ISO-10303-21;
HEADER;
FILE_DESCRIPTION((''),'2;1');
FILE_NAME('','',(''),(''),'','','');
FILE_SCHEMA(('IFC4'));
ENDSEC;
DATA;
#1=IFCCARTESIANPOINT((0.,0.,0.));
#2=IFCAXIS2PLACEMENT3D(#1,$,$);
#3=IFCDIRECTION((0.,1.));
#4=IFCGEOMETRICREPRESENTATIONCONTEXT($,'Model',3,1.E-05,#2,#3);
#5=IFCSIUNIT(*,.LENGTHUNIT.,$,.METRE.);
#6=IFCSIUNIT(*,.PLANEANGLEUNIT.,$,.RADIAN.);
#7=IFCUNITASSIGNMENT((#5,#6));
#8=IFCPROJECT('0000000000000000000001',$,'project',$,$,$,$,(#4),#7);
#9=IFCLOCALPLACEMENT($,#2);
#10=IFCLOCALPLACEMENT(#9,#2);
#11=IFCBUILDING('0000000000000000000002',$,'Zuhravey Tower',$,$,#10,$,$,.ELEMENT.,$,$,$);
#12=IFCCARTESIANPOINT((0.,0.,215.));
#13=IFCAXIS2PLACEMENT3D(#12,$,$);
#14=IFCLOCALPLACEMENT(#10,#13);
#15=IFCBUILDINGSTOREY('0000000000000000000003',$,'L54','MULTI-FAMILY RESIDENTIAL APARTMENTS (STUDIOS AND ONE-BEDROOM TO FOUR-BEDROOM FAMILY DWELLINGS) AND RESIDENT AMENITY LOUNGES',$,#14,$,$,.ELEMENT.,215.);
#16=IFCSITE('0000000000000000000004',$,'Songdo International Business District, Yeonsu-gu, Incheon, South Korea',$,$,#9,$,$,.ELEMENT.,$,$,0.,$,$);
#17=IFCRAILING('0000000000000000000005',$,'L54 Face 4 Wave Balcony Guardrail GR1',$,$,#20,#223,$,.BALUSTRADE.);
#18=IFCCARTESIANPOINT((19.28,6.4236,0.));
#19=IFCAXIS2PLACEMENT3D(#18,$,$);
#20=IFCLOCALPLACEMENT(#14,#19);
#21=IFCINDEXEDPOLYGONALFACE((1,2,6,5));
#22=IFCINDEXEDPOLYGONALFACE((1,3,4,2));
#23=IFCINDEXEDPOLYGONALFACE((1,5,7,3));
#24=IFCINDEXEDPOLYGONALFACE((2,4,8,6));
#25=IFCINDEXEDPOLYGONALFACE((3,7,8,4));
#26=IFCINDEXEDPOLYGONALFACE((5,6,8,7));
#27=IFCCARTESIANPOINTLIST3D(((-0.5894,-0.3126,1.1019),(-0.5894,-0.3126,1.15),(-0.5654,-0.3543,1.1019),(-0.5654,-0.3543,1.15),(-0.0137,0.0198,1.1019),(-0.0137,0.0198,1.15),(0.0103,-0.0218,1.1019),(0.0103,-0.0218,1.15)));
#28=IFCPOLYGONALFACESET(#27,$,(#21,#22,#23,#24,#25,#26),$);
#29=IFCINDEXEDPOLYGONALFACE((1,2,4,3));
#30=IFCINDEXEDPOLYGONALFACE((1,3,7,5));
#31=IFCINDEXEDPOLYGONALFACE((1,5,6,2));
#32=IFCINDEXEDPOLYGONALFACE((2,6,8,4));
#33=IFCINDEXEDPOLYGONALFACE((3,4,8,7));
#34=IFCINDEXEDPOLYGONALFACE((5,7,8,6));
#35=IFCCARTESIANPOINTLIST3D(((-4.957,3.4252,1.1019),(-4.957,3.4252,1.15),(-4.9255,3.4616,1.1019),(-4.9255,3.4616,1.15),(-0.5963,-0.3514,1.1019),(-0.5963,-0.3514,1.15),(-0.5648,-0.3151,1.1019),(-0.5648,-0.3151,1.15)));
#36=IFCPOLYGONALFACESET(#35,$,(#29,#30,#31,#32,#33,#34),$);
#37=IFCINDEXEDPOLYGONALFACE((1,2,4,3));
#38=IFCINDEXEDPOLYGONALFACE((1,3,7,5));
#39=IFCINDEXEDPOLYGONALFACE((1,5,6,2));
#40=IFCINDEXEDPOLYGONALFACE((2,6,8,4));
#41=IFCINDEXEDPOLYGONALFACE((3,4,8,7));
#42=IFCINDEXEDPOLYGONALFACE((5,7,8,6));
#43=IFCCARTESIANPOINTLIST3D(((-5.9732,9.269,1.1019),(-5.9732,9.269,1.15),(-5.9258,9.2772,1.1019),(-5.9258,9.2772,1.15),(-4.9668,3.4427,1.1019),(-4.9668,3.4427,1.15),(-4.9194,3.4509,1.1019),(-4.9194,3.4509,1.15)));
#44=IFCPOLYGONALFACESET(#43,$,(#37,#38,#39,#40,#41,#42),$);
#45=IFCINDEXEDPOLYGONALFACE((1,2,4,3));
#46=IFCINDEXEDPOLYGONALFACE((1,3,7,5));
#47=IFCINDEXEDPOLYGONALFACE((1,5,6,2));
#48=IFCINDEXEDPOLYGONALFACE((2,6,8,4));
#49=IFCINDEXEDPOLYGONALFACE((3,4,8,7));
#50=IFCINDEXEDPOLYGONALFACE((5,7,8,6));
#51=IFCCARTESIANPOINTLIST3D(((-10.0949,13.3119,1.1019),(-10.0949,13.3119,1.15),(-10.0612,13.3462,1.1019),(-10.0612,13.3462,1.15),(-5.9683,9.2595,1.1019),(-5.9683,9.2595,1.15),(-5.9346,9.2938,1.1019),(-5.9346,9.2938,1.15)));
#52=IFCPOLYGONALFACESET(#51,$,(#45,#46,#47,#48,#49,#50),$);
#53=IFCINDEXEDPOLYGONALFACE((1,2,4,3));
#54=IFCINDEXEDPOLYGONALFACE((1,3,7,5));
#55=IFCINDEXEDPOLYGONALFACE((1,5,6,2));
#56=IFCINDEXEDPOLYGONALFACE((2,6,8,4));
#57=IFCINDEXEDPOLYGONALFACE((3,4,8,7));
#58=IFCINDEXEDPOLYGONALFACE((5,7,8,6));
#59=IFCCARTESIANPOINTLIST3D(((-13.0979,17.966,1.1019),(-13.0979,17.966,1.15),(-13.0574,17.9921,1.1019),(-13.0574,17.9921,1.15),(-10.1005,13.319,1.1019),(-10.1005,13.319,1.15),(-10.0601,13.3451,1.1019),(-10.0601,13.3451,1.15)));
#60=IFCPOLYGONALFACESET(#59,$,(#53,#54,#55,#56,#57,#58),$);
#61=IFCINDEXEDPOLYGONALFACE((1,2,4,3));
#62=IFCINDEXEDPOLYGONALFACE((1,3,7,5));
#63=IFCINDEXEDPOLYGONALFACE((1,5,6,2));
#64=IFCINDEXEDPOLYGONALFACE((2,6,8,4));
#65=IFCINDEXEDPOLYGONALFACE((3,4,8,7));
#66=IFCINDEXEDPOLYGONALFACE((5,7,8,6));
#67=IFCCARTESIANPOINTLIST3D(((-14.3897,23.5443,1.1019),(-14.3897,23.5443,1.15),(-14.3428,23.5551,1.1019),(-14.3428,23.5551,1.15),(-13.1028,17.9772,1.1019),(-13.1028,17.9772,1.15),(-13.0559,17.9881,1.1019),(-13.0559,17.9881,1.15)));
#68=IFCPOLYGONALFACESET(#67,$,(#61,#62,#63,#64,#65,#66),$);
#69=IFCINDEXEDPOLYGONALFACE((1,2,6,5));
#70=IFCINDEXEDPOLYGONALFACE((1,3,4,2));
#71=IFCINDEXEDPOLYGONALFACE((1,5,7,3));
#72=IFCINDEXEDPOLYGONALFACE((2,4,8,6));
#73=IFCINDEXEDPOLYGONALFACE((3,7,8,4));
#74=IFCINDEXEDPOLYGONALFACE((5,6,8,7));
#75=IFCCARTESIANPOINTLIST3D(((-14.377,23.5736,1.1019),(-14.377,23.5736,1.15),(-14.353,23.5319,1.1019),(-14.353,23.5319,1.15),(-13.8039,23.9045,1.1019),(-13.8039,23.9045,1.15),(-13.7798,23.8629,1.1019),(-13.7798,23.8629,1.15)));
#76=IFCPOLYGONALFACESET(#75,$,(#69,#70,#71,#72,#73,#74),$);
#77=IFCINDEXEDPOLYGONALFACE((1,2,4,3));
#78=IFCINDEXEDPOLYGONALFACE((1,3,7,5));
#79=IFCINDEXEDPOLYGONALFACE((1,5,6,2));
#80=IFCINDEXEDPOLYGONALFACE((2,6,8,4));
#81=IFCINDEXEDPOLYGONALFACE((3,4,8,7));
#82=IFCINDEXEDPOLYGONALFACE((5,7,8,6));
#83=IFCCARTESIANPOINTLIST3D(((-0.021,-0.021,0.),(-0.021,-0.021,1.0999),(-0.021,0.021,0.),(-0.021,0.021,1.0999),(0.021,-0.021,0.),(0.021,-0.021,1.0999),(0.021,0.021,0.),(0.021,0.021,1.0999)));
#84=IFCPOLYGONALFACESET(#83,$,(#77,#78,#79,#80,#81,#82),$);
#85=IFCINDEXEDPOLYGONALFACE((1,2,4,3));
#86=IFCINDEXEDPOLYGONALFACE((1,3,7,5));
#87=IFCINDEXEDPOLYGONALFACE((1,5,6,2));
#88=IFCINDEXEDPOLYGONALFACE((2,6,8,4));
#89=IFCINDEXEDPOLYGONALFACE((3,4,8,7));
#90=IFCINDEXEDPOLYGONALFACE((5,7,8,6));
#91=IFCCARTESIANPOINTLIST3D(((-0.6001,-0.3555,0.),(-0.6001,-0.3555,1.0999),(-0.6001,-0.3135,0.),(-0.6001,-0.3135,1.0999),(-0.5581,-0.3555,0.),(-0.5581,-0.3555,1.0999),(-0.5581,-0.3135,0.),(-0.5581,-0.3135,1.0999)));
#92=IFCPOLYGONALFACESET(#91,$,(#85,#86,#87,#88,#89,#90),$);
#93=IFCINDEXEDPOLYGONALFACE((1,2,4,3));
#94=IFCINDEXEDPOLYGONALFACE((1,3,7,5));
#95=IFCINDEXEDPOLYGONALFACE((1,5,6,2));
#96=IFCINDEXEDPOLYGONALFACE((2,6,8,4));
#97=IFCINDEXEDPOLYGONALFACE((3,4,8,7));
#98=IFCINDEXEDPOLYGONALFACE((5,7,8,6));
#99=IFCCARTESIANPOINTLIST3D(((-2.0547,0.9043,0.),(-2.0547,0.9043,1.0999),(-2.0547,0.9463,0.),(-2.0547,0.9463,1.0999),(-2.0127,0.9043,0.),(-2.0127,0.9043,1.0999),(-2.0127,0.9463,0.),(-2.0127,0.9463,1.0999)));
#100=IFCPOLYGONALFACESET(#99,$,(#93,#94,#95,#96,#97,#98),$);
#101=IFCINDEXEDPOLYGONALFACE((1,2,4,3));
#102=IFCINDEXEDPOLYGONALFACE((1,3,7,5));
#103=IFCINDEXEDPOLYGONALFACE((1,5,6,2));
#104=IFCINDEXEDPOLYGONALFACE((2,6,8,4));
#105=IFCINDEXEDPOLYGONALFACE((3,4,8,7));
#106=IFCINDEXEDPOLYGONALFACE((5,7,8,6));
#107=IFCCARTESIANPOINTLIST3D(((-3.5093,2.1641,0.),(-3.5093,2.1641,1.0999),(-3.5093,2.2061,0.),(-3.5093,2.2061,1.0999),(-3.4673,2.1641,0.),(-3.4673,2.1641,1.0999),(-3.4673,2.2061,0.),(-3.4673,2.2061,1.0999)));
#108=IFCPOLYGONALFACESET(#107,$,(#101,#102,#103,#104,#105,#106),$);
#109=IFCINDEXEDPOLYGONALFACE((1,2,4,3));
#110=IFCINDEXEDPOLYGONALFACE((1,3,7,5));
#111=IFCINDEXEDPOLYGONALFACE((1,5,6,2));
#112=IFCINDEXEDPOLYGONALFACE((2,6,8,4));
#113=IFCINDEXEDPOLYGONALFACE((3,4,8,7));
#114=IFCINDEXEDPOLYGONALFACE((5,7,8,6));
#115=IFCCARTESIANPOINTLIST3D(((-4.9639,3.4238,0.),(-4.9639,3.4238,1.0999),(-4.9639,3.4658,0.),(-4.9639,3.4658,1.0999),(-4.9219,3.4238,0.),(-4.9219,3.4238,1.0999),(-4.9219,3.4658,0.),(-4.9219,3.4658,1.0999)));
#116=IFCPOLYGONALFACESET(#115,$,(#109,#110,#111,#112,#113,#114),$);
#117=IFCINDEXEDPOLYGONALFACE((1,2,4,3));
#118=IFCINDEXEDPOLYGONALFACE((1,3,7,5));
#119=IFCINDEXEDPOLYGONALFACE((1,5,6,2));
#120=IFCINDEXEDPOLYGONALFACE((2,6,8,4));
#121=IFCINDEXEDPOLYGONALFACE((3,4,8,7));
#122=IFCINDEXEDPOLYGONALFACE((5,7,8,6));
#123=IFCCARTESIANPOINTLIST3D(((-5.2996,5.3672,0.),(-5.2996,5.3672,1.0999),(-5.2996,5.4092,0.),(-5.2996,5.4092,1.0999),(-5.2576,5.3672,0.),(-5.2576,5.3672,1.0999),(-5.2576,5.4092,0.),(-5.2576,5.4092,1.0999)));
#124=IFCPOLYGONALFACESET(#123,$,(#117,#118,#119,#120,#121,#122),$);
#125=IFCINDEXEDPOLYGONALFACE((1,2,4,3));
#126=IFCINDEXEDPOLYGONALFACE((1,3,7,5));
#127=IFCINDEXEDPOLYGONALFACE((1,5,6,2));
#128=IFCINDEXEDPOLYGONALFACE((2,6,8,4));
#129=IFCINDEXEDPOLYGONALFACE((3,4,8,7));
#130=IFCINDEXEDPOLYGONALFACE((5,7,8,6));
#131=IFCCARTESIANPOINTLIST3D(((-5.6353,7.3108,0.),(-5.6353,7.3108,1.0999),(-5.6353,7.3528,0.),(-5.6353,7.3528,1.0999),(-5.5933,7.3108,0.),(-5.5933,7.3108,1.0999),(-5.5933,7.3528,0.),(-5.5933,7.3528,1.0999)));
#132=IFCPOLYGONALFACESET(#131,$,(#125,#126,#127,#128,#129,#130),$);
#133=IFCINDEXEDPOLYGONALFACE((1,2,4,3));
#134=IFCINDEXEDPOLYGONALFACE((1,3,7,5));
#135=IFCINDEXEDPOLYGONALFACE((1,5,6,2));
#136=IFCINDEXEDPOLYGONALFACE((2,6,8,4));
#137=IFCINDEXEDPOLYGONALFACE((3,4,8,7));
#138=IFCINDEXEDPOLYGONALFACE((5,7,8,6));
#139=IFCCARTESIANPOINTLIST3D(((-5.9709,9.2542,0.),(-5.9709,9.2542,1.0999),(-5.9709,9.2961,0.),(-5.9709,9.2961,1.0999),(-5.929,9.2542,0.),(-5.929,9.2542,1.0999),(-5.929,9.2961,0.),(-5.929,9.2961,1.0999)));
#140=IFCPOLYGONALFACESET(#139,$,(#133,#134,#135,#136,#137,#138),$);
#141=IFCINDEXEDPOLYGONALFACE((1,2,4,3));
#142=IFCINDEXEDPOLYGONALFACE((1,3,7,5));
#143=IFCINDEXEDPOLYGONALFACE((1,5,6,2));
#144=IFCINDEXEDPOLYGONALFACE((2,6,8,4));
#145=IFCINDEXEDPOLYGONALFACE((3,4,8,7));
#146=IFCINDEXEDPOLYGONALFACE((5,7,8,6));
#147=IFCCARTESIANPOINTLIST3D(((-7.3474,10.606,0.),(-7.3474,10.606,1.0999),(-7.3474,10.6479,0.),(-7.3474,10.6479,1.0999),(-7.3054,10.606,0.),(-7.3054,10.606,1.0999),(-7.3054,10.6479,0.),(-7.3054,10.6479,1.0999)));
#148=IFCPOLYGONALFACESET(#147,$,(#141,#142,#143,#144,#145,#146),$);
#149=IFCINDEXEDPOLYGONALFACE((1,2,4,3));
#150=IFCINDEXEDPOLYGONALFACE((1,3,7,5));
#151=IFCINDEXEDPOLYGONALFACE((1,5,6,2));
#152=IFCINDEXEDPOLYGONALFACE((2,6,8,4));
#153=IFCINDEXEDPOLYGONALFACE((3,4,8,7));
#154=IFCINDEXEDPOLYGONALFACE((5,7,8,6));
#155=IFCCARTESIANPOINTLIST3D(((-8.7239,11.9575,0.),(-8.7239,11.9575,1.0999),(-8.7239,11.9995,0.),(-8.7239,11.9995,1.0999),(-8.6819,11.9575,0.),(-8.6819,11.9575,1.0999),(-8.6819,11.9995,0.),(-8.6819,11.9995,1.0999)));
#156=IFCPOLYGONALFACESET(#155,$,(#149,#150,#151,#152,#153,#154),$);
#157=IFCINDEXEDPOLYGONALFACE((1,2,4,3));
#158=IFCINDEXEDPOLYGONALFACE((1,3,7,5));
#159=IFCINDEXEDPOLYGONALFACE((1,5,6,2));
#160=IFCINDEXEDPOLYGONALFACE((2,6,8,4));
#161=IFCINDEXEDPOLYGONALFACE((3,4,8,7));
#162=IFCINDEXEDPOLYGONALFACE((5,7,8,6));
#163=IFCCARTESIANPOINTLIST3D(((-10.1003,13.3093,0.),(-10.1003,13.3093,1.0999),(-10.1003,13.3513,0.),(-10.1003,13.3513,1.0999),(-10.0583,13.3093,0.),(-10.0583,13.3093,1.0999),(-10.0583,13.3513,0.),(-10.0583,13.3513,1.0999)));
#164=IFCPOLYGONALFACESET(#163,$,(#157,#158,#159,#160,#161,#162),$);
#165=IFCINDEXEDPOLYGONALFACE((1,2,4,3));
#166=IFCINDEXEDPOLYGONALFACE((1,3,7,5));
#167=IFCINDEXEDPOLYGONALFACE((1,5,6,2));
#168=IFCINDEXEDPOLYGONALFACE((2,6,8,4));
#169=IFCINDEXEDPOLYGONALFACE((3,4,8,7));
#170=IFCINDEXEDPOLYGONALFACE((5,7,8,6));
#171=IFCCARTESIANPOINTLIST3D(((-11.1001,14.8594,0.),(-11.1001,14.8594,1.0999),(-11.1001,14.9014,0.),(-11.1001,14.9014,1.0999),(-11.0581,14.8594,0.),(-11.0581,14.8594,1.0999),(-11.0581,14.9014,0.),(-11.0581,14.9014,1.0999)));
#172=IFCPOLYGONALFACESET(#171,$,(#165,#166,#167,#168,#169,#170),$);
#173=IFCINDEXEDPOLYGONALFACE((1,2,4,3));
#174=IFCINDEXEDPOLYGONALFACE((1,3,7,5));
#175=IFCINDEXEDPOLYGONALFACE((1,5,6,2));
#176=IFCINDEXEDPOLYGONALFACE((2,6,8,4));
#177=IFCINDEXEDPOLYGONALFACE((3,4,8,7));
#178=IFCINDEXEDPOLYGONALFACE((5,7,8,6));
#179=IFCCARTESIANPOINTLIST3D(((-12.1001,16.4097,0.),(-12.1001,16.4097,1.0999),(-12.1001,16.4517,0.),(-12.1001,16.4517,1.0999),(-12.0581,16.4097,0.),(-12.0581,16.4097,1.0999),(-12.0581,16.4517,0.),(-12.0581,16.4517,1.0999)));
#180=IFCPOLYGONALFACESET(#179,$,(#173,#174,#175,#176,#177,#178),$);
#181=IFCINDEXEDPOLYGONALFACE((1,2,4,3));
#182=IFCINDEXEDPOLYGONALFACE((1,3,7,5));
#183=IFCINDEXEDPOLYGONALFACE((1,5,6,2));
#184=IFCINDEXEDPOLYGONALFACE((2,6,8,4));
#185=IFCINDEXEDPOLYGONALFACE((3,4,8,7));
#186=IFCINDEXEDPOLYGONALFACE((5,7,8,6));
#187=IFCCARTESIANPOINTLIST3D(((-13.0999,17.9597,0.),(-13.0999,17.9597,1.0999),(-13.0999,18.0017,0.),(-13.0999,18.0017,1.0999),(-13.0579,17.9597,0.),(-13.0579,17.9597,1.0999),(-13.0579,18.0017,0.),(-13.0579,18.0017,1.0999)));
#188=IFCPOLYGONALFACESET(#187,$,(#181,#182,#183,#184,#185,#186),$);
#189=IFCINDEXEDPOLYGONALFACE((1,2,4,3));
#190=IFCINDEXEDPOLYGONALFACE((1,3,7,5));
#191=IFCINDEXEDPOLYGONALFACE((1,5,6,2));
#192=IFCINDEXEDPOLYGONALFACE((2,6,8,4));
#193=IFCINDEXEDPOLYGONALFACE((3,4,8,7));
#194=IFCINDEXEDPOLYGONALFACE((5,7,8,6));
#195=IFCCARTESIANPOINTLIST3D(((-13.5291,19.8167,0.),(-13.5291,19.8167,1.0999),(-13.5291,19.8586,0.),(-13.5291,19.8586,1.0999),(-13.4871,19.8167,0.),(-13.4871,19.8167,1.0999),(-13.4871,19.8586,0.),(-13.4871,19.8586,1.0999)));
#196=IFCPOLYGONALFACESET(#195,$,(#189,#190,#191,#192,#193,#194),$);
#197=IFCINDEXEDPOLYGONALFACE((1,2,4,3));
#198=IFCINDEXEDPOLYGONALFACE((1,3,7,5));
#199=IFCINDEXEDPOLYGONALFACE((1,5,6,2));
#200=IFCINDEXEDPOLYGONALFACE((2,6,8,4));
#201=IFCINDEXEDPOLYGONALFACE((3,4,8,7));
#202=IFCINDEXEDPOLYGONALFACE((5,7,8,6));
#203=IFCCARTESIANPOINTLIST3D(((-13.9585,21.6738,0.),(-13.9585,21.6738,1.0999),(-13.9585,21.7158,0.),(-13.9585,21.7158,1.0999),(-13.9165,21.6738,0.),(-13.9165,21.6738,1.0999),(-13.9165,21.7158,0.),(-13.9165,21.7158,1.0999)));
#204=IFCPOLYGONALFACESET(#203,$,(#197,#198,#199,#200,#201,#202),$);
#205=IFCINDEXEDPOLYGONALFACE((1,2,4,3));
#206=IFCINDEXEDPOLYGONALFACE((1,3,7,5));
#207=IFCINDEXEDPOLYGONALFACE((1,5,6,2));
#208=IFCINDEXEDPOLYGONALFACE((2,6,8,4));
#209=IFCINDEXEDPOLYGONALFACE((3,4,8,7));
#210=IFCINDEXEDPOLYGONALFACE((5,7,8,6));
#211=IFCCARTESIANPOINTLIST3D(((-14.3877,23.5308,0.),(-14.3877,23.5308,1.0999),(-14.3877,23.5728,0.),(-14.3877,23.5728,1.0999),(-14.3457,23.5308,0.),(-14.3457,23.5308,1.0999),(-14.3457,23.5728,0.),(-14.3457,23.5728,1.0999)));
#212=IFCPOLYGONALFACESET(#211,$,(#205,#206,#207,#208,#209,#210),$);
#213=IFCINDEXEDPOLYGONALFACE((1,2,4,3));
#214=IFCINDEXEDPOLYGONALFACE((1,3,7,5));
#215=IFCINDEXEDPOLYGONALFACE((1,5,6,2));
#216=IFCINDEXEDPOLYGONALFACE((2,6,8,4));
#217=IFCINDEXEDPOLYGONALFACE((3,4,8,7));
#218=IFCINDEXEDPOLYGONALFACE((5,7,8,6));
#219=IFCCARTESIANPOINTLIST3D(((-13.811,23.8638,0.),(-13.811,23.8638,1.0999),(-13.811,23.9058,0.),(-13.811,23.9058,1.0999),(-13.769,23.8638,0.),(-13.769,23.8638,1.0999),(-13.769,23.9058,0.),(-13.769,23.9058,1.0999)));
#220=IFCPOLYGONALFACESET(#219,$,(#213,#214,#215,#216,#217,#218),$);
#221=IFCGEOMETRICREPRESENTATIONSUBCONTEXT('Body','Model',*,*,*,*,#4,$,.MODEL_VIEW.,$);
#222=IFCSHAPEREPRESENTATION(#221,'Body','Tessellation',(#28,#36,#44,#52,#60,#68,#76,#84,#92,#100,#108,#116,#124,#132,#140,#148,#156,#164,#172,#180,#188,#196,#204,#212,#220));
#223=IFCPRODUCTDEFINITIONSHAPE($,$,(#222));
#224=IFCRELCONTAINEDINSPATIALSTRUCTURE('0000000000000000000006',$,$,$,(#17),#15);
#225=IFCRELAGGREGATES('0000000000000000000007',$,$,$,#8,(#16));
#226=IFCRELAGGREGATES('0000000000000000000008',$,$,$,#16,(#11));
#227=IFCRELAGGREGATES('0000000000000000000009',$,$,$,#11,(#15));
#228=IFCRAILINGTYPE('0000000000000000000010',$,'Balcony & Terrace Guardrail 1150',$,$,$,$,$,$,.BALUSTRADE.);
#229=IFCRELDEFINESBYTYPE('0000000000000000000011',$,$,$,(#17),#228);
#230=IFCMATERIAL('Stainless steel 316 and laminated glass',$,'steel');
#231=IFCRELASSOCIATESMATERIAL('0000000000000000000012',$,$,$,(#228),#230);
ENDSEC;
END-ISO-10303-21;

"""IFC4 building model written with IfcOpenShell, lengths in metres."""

from ifc_helpers import new_model, si_unit, direction, frame, origin, origin_2d, place, context, subcontext, project, spatial, rectangle, extrude, material, type_object, element, save


model = new_model("IFC4")

# Units and contexts
model_context = context("Model", 3, precision=1e-05, world=origin(), true_north=direction((0.0, 1.0)))
body_context = subcontext(model_context, "Body", "Model", "MODEL_VIEW")
ifc_project = project(units=[si_unit("LENGTHUNIT", "METRE"), si_unit("PLANEANGLEUNIT", "RADIAN")], contexts=[model_context])

# Site, building, storey
site_placement = place(None, origin())
site = spatial("IfcSite", under=ifc_project, at=site_placement, Name="Songdo International Business District, Yeonsu-gu, Incheon, South Korea", CompositionType="ELEMENT", RefElevation=0.0)
building_placement = place(site_placement, origin())
building = spatial("IfcBuilding", under=site, at=building_placement, Name="Zuhravey Tower", CompositionType="ELEMENT")
storey_placement = place(building_placement, frame((0.0, 0.0, 215.0)))
storey = spatial("IfcBuildingStorey", under=building, at=storey_placement, Name="L54", Description="MULTI-FAMILY RESIDENTIAL APARTMENTS (STUDIOS AND ONE-BEDROOM TO FOUR-BEDROOM FAMILY DWELLINGS) AND RESIDENT AMENITY LOUNGES", CompositionType="ELEMENT", Elevation=215.0)

# Railing
ifc_material_1 = material(Name="Stainless steel 316 and laminated glass", Category="steel")
railing_type = type_object("IfcRailingType", Name="Balcony & Terrace Guardrail 1150", PredefinedType="BALUSTRADE", material=ifc_material_1)
railing_placement = place(storey_placement, frame((19.28, 6.4236, 0.0)))
element("IfcRailing", 1, at=railing_placement, inside=storey, type_object=railing_type, Name="L54 Face 4 Wave Balcony Guardrail GR1", PredefinedType="BALUSTRADE", context=body_context, shape_type="SweptSolid", body=[
    extrude(rectangle(XDim=0.0481, YDim=0.0481, at=origin_2d()), frame((-0.0017, -0.001, 1.126), z_axis=(-0.865942, -0.500144, 0.0), x_axis=(0.500144, -0.865942, 0.0)), (0.0, 0.0, 1.0), 0.6648),
    extrude(rectangle(XDim=0.0481, YDim=0.0481, at=origin_2d()), frame((-0.5806, -0.3333, 1.126), z_axis=(-0.755915, 0.65467, 0.0), x_axis=(-0.65467, -0.755915, 0.0)), (0.0, 0.0, 1.0), 5.7688),
    extrude(rectangle(XDim=0.0481, YDim=0.0481, at=origin_2d()), frame((-4.9431, 3.4468, 1.126), z_axis=(-0.170211, 0.985408, 0.0), x_axis=(-0.985408, -0.170211, 0.0)), (0.0, 0.0, 1.0), 5.9126),
    extrude(rectangle(XDim=0.0481, YDim=0.0481, at=origin_2d()), frame((-5.9514, 9.2766, 1.126), z_axis=(-0.71349, 0.700666, 0.0), x_axis=(-0.700666, -0.71349, 0.0)), (0.0, 0.0, 1.0), 5.7837),
    extrude(rectangle(XDim=0.0481, YDim=0.0481, at=origin_2d()), frame((-10.0803, 13.332, 1.126), z_axis=(-0.542032, 0.840358, 0.0), x_axis=(-0.840358, -0.542032, 0.0)), (0.0, 0.0, 1.0), 5.5298),
    extrude(rectangle(XDim=0.0481, YDim=0.0481, at=origin_2d()), frame((-13.0793, 17.9827, 1.126), z_axis=(-0.225227, 0.974306, 0.0), x_axis=(-0.974306, -0.225227, 0.0)), (0.0, 0.0, 1.0), 5.7139),
    extrude(rectangle(XDim=0.0481, YDim=0.0481, at=origin_2d()), frame((-14.365, 23.5527, 1.126), z_axis=(0.865978, 0.500082, 0.0), x_axis=(-0.500082, 0.865978, 0.0)), (0.0, 0.0, 1.0), 0.6619),
    extrude(rectangle(XDim=0.042, YDim=0.042, at=origin_2d()), origin(), (0.0, 0.0, 1.0), 1.0999),
    extrude(rectangle(XDim=0.042, YDim=0.042, at=origin_2d()), frame((-0.5791, -0.3345, 0.0)), (0.0, 0.0, 1.0), 1.0999),
    extrude(rectangle(XDim=0.042, YDim=0.042, at=origin_2d()), frame((-2.0337, 0.9253, 0.0)), (0.0, 0.0, 1.0), 1.0999),
    extrude(rectangle(XDim=0.042, YDim=0.042, at=origin_2d()), frame((-3.4883, 2.1851, 0.0)), (0.0, 0.0, 1.0), 1.0999),
    extrude(rectangle(XDim=0.042, YDim=0.042, at=origin_2d()), frame((-4.9429, 3.4448, 0.0)), (0.0, 0.0, 1.0), 1.0999),
    extrude(rectangle(XDim=0.042, YDim=0.042, at=origin_2d()), frame((-5.2786, 5.3882, 0.0)), (0.0, 0.0, 1.0), 1.0999),
    extrude(rectangle(XDim=0.042, YDim=0.042, at=origin_2d()), frame((-5.6143, 7.3318, 0.0)), (0.0, 0.0, 1.0), 1.0999),
    extrude(rectangle(XDim=0.042, YDim=0.042, at=origin_2d()), frame((-5.95, 9.2751, 0.0)), (0.0, 0.0, 1.0), 1.0999),
    extrude(rectangle(XDim=0.042, YDim=0.042, at=origin_2d()), frame((-7.3264, 10.627, 0.0)), (0.0, 0.0, 1.0), 1.0999),
    extrude(rectangle(XDim=0.042, YDim=0.042, at=origin_2d()), frame((-8.7029, 11.9785, 0.0)), (0.0, 0.0, 1.0), 1.0999),
    extrude(rectangle(XDim=0.042, YDim=0.042, at=origin_2d()), frame((-10.0793, 13.3303, 0.0)), (0.0, 0.0, 1.0), 1.0999),
    extrude(rectangle(XDim=0.042, YDim=0.042, at=origin_2d()), frame((-11.0791, 14.8804, 0.0)), (0.0, 0.0, 1.0), 1.0999),
    extrude(rectangle(XDim=0.042, YDim=0.042, at=origin_2d()), frame((-12.0791, 16.4307, 0.0)), (0.0, 0.0, 1.0), 1.0999),
    extrude(rectangle(XDim=0.042, YDim=0.042, at=origin_2d()), frame((-13.0789, 17.9807, 0.0)), (0.0, 0.0, 1.0), 1.0999),
    extrude(rectangle(XDim=0.042, YDim=0.042, at=origin_2d()), frame((-13.5081, 19.8376, 0.0)), (0.0, 0.0, 1.0), 1.0999),
    extrude(rectangle(XDim=0.042, YDim=0.042, at=origin_2d()), frame((-13.9375, 21.6948, 0.0)), (0.0, 0.0, 1.0), 1.0999),
    extrude(rectangle(XDim=0.042, YDim=0.042, at=origin_2d()), frame((-14.3667, 23.5518, 0.0)), (0.0, 0.0, 1.0), 1.0999),
    extrude(rectangle(XDim=0.042, YDim=0.042, at=origin_2d()), frame((-13.79, 23.8848, 0.0)), (0.0, 0.0, 1.0), 1.0999),
])

save(model, "model.ifc")
